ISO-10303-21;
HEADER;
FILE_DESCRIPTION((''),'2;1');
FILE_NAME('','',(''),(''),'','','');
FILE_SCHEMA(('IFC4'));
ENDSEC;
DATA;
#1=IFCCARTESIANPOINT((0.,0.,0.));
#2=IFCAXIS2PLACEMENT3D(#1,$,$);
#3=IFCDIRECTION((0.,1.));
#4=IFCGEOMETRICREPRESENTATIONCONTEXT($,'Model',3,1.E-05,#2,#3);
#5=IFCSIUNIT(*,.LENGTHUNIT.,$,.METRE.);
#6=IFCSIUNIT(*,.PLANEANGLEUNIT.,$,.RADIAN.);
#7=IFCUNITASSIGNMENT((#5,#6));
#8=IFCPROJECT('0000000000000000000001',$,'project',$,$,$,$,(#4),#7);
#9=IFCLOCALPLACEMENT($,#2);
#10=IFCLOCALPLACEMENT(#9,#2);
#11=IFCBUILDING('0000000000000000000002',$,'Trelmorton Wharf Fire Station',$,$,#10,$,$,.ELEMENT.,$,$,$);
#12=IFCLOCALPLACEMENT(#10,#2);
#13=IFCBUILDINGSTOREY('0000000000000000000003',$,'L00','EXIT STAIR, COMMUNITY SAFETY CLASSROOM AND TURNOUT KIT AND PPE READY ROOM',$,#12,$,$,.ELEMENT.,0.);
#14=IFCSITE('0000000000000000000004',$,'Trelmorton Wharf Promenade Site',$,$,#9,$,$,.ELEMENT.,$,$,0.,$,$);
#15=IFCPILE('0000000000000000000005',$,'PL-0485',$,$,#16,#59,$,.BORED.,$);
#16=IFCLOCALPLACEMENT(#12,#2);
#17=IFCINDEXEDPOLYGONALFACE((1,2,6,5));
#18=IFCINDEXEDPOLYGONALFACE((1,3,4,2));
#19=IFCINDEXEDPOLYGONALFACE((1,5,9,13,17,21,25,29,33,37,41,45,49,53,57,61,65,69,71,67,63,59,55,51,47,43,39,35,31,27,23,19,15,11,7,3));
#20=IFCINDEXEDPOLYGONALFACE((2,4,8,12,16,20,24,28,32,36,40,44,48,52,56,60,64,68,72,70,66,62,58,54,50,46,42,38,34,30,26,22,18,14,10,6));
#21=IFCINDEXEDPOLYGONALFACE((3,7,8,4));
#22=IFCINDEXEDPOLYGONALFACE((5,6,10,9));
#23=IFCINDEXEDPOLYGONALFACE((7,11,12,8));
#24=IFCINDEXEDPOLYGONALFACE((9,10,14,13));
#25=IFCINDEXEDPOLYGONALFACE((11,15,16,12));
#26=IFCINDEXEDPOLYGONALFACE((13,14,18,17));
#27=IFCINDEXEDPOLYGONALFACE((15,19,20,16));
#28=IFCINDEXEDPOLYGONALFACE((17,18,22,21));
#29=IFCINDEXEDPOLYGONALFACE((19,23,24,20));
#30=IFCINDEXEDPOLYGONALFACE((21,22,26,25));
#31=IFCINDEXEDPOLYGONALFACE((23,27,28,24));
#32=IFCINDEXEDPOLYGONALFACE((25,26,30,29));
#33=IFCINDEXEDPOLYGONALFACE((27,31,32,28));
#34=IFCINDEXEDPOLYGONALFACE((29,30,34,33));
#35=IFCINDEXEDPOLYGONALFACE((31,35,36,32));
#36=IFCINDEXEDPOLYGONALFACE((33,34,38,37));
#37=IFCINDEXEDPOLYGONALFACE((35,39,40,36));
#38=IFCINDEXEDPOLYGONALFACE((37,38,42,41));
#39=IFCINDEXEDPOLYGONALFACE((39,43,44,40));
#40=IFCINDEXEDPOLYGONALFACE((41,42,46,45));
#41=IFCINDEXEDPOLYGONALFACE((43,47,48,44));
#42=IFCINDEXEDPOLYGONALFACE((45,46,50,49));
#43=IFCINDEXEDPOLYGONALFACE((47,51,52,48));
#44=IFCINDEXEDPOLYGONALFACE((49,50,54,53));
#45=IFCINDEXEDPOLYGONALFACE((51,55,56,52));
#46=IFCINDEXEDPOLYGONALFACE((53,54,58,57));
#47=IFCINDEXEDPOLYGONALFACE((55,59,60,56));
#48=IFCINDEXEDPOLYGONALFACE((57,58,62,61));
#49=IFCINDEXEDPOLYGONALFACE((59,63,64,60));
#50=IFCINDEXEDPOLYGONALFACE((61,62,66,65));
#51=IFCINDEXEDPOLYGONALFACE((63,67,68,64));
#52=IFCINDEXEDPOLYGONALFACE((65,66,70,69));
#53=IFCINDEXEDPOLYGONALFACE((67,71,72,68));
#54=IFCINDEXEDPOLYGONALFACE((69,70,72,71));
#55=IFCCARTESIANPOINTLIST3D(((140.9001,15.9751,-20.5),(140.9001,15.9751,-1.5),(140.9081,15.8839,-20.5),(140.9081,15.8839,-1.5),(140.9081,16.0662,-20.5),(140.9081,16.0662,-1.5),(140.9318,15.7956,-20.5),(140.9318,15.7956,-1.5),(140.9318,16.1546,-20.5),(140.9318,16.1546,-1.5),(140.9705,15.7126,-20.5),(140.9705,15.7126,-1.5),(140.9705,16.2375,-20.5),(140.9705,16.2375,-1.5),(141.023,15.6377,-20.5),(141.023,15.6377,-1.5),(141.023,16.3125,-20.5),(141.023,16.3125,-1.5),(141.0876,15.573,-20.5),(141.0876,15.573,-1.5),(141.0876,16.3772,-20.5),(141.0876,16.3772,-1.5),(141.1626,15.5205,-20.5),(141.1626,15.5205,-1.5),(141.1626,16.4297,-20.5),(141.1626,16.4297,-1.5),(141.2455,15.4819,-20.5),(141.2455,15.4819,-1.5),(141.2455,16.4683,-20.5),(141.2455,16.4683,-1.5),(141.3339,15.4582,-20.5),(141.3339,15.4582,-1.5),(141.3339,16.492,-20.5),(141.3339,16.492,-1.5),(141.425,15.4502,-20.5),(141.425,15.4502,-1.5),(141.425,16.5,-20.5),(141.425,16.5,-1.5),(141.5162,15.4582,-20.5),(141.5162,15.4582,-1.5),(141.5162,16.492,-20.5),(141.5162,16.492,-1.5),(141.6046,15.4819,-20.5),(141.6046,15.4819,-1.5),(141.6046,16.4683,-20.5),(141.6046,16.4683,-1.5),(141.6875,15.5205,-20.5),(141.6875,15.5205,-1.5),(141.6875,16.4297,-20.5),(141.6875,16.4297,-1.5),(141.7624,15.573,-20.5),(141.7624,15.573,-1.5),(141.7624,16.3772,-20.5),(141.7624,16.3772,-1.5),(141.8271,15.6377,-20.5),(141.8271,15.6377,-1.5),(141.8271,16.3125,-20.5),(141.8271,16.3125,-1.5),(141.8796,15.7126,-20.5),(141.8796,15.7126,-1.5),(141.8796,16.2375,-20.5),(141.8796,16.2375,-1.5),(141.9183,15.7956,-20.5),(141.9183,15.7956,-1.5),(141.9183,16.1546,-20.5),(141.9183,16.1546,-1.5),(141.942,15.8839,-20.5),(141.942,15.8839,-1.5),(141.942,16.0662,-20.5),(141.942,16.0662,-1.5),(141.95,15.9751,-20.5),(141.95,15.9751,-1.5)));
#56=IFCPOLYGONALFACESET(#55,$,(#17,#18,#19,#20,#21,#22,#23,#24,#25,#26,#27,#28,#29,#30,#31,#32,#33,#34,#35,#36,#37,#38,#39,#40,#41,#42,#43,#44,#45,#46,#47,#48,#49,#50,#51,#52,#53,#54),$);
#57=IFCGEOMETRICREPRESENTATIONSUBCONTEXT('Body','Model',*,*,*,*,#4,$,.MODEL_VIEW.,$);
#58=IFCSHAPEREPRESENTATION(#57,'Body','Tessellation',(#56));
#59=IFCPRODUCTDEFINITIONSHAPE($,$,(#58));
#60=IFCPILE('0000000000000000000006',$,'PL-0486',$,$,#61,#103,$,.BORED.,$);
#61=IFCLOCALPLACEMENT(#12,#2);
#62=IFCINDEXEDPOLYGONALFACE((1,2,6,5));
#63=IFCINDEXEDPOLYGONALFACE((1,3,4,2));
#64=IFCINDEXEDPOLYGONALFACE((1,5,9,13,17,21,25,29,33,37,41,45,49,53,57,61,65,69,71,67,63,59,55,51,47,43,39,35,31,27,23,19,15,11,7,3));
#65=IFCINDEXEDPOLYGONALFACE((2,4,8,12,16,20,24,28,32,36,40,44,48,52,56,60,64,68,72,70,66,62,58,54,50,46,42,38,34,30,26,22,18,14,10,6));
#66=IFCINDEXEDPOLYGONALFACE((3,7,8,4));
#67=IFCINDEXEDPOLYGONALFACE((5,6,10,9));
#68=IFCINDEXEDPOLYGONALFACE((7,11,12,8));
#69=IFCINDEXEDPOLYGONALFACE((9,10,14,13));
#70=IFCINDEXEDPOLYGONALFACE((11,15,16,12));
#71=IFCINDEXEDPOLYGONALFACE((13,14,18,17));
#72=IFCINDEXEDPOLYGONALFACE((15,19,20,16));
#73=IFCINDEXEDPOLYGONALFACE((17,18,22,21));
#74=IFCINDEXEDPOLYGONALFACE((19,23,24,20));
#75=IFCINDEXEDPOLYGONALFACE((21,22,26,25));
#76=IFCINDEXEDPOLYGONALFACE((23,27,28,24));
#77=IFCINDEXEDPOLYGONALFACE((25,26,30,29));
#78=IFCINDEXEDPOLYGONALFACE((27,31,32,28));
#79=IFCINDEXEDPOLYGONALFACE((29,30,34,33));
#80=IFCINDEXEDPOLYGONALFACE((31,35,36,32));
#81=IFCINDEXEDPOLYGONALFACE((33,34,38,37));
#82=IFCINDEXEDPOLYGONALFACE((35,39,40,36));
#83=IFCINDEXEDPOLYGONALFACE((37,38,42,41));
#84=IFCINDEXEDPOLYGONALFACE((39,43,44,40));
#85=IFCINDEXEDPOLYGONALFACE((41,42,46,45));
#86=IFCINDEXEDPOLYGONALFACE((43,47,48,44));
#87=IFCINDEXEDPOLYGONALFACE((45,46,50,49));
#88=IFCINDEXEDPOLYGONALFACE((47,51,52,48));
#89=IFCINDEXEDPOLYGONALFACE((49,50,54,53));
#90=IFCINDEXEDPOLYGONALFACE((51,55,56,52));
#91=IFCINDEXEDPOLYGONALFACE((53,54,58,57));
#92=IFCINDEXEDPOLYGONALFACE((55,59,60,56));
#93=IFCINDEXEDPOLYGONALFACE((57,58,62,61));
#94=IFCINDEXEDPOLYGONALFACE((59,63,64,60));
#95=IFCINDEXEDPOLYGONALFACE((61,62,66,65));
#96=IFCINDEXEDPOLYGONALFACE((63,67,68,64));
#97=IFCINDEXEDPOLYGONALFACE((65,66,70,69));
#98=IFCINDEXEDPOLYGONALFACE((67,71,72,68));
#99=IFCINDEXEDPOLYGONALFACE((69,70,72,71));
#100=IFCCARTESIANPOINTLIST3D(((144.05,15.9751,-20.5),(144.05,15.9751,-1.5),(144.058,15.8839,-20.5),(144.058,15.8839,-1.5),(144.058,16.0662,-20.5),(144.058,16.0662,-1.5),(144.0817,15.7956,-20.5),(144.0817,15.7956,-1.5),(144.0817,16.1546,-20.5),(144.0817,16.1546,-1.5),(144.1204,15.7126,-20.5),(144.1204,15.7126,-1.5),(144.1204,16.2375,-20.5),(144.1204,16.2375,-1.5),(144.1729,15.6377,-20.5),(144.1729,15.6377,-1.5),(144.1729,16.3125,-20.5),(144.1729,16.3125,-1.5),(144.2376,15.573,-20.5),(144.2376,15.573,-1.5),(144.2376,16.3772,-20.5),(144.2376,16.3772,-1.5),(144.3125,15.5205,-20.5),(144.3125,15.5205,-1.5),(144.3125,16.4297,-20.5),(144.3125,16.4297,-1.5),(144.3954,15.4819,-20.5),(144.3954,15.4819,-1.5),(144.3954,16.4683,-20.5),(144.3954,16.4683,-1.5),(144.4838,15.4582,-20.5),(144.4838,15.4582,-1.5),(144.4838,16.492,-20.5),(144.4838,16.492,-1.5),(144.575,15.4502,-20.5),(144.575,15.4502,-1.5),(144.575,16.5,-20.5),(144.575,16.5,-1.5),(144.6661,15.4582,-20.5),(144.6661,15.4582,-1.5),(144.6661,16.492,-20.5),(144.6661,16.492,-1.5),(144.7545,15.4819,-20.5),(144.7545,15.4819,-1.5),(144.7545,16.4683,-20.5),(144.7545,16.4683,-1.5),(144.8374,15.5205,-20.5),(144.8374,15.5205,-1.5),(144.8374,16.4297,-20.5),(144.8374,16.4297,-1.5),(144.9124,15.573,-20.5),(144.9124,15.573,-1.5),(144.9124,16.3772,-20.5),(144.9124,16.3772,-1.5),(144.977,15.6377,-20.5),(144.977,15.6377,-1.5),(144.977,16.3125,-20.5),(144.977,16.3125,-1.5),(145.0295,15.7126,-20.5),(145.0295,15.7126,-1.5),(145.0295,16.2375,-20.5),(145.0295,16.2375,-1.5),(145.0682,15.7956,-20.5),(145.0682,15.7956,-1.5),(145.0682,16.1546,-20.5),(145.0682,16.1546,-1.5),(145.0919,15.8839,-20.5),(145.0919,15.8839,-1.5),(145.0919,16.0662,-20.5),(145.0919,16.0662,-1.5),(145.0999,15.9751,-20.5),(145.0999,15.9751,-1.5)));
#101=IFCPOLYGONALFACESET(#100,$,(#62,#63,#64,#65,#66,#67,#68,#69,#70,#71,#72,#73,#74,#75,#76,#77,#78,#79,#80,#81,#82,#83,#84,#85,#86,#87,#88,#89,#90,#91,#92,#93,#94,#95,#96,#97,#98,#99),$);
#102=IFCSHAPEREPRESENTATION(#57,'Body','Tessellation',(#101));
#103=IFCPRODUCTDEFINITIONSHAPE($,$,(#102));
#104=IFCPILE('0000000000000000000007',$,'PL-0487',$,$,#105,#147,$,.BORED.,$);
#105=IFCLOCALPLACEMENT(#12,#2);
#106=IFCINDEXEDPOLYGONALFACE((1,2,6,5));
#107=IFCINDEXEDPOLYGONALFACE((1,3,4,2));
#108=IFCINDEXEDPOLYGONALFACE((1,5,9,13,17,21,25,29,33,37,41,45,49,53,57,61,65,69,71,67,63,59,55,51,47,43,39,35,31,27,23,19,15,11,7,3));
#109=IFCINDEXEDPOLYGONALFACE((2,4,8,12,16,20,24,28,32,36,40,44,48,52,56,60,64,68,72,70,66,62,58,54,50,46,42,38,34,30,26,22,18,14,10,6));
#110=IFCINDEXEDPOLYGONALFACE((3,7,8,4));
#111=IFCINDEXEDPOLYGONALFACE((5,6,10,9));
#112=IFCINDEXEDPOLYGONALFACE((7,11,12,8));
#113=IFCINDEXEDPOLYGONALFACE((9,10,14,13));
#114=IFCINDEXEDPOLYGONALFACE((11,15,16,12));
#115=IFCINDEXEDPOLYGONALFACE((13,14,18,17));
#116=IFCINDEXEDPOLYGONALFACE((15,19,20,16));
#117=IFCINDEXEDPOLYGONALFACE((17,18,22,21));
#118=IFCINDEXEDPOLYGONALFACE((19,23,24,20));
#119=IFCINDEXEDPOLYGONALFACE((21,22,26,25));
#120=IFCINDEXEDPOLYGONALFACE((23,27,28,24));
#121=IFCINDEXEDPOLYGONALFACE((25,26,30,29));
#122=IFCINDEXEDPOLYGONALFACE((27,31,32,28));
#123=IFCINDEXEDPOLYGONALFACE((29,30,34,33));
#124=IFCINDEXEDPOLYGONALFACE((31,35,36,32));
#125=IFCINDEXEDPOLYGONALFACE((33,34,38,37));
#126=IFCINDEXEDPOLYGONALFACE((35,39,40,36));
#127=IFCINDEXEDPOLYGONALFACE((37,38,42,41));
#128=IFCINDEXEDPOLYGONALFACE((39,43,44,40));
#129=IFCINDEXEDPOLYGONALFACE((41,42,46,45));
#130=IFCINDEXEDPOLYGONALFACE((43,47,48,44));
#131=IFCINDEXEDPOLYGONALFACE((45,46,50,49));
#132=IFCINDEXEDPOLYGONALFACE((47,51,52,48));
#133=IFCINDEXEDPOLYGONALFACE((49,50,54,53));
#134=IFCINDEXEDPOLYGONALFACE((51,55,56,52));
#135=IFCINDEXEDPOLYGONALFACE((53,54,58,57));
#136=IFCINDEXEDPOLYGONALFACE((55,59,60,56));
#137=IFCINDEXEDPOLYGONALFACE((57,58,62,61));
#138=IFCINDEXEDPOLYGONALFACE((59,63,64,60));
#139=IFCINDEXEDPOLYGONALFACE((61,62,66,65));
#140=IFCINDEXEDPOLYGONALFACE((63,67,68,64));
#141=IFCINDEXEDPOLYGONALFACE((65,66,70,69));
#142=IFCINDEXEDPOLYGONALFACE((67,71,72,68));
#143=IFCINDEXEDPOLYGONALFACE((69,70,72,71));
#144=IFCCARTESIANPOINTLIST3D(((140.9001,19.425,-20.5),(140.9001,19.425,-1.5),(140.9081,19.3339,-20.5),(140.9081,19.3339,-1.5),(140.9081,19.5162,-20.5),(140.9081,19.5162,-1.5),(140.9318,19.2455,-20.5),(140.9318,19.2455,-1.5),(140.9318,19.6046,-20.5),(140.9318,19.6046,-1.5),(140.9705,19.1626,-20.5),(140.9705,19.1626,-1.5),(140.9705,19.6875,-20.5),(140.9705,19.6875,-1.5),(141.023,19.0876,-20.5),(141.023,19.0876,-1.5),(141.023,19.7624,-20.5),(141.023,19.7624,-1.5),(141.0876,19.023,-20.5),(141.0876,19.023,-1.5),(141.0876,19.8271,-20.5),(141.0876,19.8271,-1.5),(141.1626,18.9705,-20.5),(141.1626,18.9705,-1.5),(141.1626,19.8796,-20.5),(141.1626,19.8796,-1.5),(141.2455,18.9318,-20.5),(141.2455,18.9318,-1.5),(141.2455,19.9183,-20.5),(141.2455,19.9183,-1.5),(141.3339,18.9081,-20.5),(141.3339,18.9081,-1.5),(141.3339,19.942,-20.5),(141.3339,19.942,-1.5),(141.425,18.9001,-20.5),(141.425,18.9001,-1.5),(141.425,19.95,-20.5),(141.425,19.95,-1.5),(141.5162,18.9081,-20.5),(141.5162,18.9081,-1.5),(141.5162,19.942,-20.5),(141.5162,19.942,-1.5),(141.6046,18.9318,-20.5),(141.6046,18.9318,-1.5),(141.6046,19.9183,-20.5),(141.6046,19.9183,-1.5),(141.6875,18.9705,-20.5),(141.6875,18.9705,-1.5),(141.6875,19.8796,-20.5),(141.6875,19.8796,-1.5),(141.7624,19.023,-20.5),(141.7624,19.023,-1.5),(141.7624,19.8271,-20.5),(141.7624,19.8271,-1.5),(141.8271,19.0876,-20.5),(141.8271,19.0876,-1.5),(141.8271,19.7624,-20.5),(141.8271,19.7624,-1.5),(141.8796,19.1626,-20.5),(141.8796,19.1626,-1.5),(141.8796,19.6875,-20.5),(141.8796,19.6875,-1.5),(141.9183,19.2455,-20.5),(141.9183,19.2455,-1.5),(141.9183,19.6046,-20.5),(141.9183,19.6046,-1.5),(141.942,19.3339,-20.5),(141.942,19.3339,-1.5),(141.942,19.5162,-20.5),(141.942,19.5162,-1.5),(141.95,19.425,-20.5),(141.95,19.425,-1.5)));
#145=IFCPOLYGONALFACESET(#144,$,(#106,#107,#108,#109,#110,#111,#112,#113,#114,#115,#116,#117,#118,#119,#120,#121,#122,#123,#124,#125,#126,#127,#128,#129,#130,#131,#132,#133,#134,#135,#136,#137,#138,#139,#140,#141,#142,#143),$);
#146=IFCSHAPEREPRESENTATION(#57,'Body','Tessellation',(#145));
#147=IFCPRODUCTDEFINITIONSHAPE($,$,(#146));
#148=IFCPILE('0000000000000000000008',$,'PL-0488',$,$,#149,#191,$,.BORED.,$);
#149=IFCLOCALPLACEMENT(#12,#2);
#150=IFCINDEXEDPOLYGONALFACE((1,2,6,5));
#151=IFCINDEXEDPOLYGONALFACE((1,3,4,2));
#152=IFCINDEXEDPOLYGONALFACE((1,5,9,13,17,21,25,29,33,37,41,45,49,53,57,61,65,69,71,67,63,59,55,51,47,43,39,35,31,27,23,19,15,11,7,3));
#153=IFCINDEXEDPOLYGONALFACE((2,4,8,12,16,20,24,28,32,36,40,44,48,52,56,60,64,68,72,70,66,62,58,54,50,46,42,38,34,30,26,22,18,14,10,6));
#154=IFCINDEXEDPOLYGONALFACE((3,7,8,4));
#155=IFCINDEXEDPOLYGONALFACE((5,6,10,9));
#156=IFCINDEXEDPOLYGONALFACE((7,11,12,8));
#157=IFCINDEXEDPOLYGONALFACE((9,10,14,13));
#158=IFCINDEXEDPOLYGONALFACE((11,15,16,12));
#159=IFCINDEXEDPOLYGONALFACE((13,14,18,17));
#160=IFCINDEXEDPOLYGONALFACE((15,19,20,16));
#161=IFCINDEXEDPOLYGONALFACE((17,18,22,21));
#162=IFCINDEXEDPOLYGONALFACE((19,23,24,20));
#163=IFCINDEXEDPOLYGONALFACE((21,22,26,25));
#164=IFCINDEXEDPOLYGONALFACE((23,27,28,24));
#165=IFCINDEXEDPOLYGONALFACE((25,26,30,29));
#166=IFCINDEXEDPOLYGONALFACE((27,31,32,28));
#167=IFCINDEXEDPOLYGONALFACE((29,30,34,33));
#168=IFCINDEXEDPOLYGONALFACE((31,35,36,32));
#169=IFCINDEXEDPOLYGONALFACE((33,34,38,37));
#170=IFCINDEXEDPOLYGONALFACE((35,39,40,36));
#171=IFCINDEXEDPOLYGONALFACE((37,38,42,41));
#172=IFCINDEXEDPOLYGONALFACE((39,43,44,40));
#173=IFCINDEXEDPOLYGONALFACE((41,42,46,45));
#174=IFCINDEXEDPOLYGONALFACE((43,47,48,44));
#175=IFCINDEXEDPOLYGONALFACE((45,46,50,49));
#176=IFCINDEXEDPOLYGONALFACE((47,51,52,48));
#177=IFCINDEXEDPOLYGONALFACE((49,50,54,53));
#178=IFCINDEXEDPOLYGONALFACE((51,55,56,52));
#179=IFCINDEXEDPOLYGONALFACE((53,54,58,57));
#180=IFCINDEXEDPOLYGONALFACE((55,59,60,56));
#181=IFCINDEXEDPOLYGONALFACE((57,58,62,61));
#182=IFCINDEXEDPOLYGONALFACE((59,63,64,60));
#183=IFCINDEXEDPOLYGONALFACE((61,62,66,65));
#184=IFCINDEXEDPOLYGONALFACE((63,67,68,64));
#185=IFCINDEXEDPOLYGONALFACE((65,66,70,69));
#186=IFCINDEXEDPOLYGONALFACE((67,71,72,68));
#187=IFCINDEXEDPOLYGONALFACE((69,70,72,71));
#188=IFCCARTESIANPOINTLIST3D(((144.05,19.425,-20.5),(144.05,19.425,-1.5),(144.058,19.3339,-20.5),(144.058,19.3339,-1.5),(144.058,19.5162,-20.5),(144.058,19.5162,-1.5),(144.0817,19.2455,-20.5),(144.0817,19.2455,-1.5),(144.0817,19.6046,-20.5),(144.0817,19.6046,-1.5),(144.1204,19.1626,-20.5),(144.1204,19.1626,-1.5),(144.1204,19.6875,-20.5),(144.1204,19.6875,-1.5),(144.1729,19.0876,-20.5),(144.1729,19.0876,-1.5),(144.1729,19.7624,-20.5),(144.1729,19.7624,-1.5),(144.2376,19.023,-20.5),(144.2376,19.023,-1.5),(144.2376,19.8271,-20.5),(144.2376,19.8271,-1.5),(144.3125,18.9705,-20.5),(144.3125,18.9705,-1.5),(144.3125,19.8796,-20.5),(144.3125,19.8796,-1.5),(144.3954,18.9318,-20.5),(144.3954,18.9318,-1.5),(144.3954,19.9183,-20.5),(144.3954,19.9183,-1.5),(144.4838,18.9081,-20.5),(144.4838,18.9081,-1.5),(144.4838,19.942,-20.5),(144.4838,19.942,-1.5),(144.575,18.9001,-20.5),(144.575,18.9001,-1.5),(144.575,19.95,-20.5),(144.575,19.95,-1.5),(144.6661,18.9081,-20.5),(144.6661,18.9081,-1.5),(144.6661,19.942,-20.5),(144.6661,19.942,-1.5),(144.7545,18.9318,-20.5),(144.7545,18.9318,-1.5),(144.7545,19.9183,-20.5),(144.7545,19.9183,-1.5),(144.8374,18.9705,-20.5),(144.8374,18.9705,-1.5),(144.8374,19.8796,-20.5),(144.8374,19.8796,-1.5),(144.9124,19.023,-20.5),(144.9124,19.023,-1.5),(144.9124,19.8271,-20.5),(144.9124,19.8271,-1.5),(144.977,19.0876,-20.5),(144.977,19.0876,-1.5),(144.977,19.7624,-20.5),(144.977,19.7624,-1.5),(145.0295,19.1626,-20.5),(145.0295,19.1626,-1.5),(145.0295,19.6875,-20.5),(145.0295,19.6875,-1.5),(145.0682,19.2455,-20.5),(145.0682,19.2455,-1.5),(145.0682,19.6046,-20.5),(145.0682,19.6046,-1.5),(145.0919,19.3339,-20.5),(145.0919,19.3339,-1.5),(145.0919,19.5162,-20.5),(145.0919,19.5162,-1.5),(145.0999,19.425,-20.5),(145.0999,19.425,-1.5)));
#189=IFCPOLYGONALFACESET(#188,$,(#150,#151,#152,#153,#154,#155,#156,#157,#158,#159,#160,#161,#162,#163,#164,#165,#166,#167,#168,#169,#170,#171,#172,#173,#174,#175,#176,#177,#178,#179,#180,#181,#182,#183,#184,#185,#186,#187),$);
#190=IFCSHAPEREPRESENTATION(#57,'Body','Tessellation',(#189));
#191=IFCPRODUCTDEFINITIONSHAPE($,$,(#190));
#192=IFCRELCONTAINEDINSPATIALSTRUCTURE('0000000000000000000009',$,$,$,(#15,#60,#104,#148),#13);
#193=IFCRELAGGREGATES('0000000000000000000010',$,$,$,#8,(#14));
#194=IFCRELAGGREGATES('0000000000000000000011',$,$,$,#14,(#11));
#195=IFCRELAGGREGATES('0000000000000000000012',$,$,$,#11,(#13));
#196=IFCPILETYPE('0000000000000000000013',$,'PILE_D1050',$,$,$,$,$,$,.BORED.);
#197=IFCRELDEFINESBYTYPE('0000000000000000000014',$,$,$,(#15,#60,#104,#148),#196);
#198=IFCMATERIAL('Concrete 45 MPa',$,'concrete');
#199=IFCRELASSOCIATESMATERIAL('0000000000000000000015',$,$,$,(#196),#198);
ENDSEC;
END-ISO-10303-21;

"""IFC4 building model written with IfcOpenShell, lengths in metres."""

from ifc_helpers import new_model, si_unit, direction, frame, origin, origin_2d, place, context, subcontext, project, spatial, circle, extrude, material, material_profile, profile_set, type_object, element, save


model = new_model("IFC4")

# Units and contexts
model_context = context("Model", 3, precision=1e-05, world=origin(), true_north=direction((0.0, 1.0)))
body_context = subcontext(model_context, "Body", "Model", "MODEL_VIEW")
ifc_project = project(units=[si_unit("LENGTHUNIT", "METRE"), si_unit("PLANEANGLEUNIT", "RADIAN")], contexts=[model_context])

# Site, building, storey
site_placement = place(None, origin())
site = spatial("IfcSite", under=ifc_project, at=site_placement, Name="Trelmorton Wharf Promenade Site", CompositionType="ELEMENT", RefElevation=0.0)
building_placement = place(site_placement, origin())
building = spatial("IfcBuilding", under=site, at=building_placement, Name="Trelmorton Wharf Fire Station", CompositionType="ELEMENT")
storey_placement = place(building_placement, origin())
storey = spatial("IfcBuildingStorey", under=building, at=storey_placement, Name="L00", Description="EXIT STAIR, COMMUNITY SAFETY CLASSROOM AND TURNOUT KIT AND PPE READY ROOM", CompositionType="ELEMENT", Elevation=0.0)

# Piles
ifc_material_1 = material(Name="Concrete 45 MPa", Category="concrete")
ifc_material_profile_1 = material_profile(ifc_material_1, circle(Radius=0.5249, at=origin_2d()), Name="PILE-D1050")
ifc_profile_set_1 = profile_set([ifc_material_profile_1], Name="Concrete 45 MPa")
pile_type = type_object("IfcPileType", Name="PILE_D1050", PredefinedType="BORED", material=ifc_profile_set_1)
for number, where, z_axis, x_axis, name in (
    (1, (141.425, 15.9751, -1.5), (0.0, 0.0, -1.0), (1.0, 0.0, 0.0), "PL-0485"),
    (2, (144.575, 15.9751, -1.5), (0.0, 0.0, -1.0), (1.0, 0.0, 0.0), "PL-0486"),
    (3, (141.425, 19.425, -1.5), (0.0, 0.0, -1.0), (1.0, 0.0, 0.0), "PL-0487"),
    (4, (144.575, 19.425, -1.5), (0.0, 0.0, -1.0), (1.0, 0.0, 0.0), "PL-0488"),
):
    element("IfcPile", number, at=place(storey_placement, frame(where, z_axis=z_axis, x_axis=x_axis)), inside=storey, type_object=pile_type, Name=name, PredefinedType="BORED", context=body_context, shape_type="SweptSolid", body=[
        extrude(circle(Radius=0.5249, at=origin_2d()), origin(), (0.0, 0.0, 1.0), 19.0),
    ])

save(model, "model.ifc")
